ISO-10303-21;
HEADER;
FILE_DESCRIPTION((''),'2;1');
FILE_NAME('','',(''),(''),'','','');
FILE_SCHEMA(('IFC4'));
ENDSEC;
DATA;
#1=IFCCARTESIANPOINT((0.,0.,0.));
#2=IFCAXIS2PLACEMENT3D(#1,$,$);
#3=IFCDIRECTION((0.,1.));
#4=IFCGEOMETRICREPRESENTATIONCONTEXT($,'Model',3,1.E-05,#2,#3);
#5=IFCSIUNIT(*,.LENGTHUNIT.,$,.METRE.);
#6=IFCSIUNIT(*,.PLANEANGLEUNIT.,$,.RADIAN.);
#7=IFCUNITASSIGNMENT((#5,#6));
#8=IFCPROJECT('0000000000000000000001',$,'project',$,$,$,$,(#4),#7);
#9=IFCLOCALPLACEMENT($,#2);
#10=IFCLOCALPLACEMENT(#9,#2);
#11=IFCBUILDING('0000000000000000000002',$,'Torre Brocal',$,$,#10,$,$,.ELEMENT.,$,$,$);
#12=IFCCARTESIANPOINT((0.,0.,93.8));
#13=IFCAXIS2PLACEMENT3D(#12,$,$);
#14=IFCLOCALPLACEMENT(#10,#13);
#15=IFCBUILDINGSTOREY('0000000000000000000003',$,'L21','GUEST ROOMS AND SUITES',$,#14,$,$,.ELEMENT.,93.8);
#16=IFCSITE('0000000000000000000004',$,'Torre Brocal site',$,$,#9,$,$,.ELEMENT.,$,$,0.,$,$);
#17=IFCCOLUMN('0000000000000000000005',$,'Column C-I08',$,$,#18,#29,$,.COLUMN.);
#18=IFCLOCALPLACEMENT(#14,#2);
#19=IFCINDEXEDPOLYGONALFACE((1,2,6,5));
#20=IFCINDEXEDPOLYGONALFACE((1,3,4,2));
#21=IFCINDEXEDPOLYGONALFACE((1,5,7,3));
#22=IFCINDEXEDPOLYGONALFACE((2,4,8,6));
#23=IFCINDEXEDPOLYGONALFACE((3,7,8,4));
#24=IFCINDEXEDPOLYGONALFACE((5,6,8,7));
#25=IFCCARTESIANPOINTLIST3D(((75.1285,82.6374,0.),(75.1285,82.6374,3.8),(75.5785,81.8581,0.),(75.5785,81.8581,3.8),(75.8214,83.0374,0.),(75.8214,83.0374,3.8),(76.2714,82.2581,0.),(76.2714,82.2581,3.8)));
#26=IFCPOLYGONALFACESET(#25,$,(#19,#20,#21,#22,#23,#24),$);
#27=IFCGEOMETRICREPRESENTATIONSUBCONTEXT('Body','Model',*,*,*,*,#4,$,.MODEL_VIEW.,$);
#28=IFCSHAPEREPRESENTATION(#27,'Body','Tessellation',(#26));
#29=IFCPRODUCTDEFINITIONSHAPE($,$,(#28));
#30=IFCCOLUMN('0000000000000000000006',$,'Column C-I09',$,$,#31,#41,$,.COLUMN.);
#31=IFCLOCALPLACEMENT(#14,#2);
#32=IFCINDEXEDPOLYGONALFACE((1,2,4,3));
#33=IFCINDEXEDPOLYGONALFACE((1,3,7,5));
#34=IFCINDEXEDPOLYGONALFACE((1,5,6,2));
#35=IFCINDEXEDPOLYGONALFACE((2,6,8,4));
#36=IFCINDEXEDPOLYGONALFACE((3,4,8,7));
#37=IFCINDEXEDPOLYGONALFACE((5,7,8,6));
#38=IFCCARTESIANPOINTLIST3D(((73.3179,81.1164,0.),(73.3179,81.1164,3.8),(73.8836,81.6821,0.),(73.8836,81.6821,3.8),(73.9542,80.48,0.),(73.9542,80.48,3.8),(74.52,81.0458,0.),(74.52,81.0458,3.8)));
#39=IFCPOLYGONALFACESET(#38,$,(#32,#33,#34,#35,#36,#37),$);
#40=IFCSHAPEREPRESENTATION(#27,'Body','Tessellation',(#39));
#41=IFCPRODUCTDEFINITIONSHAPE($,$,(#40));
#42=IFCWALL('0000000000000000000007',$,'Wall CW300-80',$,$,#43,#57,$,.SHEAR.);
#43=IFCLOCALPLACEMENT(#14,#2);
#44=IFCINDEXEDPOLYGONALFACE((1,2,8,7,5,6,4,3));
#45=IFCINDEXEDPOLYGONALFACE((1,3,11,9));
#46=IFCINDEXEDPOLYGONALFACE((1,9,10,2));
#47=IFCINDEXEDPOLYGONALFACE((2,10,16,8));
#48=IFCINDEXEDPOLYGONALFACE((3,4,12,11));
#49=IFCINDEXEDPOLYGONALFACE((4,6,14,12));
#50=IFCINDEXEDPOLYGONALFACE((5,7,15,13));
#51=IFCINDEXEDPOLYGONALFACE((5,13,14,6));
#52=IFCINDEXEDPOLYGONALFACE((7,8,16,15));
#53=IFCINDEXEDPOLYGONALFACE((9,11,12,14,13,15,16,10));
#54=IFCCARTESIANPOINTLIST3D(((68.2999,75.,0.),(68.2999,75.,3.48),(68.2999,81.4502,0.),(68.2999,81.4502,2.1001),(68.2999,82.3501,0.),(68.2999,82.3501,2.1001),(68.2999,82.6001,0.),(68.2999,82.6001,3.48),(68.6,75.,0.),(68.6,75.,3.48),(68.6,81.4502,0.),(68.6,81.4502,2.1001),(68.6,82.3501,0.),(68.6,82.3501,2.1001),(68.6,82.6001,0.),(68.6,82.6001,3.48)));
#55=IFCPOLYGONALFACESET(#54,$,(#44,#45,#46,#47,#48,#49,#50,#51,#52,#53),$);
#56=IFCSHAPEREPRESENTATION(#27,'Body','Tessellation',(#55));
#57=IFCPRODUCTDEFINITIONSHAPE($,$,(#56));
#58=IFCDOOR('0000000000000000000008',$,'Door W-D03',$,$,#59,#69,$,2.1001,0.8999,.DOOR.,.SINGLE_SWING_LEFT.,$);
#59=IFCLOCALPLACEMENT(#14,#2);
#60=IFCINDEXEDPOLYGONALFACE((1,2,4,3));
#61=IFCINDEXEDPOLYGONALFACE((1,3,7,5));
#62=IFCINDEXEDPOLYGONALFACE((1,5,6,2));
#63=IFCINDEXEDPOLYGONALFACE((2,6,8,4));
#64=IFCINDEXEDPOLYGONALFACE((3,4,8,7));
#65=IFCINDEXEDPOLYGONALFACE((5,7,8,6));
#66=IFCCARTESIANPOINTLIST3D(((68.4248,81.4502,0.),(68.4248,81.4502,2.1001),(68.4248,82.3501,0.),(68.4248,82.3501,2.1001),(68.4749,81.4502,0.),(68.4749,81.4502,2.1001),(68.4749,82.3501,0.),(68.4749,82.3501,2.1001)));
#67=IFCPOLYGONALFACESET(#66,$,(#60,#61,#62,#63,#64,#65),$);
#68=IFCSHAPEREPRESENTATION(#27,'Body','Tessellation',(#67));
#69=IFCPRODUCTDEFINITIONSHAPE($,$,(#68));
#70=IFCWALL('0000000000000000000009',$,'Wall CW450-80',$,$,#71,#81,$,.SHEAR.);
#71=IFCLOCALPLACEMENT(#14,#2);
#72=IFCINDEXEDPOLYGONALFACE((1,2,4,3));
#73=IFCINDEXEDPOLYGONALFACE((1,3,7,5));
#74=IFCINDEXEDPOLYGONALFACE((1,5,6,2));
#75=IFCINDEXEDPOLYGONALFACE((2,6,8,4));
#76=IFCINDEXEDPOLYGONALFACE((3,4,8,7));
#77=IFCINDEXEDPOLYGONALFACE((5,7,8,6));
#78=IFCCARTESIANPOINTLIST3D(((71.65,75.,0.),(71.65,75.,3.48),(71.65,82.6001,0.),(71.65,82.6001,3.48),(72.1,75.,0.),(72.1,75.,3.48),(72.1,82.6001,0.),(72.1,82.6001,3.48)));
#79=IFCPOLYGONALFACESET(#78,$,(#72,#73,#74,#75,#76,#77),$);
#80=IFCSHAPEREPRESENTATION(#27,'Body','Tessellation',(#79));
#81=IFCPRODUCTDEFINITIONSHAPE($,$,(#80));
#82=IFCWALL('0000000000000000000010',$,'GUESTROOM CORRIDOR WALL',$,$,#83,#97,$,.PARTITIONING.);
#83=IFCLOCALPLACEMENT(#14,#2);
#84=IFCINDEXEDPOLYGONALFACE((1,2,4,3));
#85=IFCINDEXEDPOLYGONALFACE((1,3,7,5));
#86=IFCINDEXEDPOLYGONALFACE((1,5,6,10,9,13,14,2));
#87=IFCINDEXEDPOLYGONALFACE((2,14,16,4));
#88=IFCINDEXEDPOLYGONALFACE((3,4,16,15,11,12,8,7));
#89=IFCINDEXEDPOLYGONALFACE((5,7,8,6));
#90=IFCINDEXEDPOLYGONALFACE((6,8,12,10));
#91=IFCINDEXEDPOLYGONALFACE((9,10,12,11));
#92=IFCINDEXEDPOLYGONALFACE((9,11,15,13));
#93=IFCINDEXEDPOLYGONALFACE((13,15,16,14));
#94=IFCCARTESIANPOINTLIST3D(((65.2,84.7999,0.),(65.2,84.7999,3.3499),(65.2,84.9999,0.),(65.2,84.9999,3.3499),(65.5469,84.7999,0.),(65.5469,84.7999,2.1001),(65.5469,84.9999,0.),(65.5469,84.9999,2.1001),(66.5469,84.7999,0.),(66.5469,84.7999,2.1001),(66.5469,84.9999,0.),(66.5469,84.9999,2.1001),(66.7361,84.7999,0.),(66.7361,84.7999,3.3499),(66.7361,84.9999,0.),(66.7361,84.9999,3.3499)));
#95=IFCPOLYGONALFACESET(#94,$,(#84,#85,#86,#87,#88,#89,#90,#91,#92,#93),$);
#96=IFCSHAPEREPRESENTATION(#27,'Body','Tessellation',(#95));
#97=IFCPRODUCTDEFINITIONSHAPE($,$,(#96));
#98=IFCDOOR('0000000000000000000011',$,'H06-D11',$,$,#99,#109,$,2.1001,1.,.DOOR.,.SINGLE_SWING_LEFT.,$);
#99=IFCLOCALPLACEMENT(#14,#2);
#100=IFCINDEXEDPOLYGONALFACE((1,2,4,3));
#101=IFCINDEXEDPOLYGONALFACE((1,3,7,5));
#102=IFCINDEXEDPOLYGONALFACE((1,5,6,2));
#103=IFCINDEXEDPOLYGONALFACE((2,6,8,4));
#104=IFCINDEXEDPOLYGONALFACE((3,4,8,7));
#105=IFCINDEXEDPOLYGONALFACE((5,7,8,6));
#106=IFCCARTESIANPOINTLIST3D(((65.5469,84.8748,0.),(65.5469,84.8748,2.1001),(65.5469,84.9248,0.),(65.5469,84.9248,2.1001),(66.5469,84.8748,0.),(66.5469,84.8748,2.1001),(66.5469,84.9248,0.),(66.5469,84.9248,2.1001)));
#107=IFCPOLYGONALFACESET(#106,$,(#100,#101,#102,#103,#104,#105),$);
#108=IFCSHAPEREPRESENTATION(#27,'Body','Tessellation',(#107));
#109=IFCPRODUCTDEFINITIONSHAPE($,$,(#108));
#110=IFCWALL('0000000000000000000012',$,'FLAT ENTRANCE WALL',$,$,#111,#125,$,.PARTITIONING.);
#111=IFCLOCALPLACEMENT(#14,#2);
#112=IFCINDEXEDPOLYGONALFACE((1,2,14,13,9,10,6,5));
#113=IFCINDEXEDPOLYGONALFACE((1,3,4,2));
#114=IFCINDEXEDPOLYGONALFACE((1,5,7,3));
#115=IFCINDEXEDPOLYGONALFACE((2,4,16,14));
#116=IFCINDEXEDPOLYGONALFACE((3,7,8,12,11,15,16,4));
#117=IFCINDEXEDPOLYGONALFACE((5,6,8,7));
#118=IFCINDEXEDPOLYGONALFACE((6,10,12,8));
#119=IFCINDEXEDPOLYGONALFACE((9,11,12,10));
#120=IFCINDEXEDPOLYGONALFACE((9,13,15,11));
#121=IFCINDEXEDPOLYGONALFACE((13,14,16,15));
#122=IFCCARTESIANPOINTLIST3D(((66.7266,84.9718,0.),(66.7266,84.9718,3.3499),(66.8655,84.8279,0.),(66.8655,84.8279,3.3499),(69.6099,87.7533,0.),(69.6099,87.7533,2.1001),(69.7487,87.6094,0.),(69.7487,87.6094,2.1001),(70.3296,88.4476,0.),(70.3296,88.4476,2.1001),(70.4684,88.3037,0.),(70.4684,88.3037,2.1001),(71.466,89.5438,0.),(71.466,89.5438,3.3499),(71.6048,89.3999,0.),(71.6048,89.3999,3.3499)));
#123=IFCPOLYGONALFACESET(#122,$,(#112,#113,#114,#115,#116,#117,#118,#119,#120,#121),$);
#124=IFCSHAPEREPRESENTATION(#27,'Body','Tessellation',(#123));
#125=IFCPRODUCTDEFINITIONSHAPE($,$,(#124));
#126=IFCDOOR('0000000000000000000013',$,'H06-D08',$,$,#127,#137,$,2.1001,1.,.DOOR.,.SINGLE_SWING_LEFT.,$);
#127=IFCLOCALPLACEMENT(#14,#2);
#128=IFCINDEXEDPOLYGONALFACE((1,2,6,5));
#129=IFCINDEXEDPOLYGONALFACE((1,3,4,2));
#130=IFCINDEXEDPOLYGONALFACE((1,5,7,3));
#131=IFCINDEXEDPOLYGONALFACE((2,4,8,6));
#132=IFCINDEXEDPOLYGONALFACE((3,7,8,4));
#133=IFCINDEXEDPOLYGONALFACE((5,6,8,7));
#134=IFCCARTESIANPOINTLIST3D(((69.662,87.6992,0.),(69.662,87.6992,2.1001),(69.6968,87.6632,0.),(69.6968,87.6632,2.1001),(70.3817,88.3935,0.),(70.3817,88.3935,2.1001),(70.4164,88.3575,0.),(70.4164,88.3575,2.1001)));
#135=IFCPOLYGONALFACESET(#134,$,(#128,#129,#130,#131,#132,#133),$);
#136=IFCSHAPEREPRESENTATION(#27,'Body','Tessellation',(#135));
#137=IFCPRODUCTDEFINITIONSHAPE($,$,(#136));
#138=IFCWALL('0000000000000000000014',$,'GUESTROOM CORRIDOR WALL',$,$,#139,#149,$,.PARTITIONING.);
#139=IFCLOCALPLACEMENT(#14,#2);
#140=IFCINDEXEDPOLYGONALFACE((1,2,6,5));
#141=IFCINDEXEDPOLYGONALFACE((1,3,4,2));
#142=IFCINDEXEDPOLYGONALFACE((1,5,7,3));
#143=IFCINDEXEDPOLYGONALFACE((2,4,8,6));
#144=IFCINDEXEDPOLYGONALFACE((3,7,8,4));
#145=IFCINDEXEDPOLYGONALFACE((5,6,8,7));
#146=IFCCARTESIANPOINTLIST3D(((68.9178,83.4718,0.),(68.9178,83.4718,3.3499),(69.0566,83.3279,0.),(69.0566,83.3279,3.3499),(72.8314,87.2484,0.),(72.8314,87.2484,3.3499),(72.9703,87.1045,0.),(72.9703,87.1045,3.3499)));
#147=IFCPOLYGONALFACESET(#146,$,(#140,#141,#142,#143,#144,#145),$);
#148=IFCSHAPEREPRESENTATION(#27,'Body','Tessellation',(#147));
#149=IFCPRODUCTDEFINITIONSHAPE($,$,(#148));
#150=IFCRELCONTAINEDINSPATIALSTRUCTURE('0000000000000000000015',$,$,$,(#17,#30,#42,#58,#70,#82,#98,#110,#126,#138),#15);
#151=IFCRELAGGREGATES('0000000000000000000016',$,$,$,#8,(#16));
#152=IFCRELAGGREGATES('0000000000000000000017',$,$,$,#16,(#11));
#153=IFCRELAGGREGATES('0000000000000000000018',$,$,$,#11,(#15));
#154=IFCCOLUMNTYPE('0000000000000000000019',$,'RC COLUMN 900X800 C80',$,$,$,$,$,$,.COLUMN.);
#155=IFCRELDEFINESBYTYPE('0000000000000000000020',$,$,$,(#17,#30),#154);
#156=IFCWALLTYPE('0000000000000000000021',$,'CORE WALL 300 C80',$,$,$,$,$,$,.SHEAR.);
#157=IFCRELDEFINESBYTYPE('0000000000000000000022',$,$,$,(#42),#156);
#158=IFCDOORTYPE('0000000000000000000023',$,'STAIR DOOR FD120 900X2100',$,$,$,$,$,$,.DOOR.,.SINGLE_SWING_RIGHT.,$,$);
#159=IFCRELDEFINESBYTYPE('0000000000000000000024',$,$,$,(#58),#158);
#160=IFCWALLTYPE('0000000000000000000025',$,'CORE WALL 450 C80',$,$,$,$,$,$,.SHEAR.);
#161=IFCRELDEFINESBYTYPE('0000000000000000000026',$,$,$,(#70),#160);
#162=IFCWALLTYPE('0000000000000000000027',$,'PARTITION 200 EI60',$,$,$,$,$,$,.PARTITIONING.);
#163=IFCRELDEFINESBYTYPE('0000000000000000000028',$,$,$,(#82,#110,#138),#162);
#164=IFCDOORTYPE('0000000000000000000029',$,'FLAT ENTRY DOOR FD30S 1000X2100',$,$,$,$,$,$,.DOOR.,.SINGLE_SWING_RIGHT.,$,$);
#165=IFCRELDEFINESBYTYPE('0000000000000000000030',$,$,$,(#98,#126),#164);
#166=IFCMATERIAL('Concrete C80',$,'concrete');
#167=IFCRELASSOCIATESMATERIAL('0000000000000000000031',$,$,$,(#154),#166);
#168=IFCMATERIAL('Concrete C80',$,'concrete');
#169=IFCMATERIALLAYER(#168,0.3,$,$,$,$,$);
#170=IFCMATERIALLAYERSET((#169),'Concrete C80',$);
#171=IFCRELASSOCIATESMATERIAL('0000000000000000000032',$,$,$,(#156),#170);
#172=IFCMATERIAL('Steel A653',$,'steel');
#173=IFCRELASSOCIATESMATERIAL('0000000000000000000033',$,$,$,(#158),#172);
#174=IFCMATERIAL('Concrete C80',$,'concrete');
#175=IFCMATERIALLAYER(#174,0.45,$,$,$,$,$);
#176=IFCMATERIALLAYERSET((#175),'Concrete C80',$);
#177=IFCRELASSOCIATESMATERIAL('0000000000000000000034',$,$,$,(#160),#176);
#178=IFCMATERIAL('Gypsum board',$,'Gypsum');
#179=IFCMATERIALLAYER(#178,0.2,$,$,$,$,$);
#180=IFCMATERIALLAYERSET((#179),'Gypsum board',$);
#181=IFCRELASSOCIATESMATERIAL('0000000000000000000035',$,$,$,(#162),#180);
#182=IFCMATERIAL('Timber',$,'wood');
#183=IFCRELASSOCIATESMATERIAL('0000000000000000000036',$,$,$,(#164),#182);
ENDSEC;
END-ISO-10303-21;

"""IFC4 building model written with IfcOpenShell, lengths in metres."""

from ifc_helpers import new_model, si_unit, direction, frame, frame_2d, origin, origin_2d, place, context, subcontext, project, spatial, rectangle, extrude, material, layer, layer_set, material_profile, profile_set, type_object, element, fill, save


model = new_model("IFC4")

# Units and contexts
model_context = context("Model", 3, precision=1e-05, world=origin(), true_north=direction((0.0, 1.0)))
body_context = subcontext(model_context, "Body", "Model", "MODEL_VIEW")
ifc_project = project(units=[si_unit("LENGTHUNIT", "METRE"), si_unit("PLANEANGLEUNIT", "RADIAN")], contexts=[model_context])

# Site, building, storey
site_placement = place(None, origin())
site = spatial("IfcSite", under=ifc_project, at=site_placement, Name="Torre Brocal site", CompositionType="ELEMENT", RefElevation=0.0)
building_placement = place(site_placement, origin())
building = spatial("IfcBuilding", under=site, at=building_placement, Name="Torre Brocal", CompositionType="ELEMENT")
storey_placement = place(building_placement, frame((0.0, 0.0, 93.8)))
storey = spatial("IfcBuildingStorey", under=building, at=storey_placement, Name="L21", Description="GUEST ROOMS AND SUITES", CompositionType="ELEMENT", Elevation=93.8)

# Columns
ifc_material_1 = material(Name="Concrete C80", Category="concrete")
ifc_material_profile = material_profile(ifc_material_1, rectangle(XDim=0.8999, YDim=0.8, at=origin_2d()), Name="RC 900X800")
ifc_profile_set = profile_set([ifc_material_profile], Name="Concrete C80")
column_type = type_object("IfcColumnType", Name="RC COLUMN 900X800 C80", PredefinedType="COLUMN", material=ifc_profile_set)
for number, where, z_axis, x_axis, name in (
    (1, (75.7, 82.4478, 0.0), (0.0, 0.0, 1.0), (-0.5, 0.866025, 0.0), "Column C-I08"),
    (2, (73.9189, 81.0811, 0.0), (0.0, 0.0, 1.0), (-0.707107, 0.707107, 0.0), "Column C-I09"),
):
    element("IfcColumn", number, at=place(storey_placement, frame(where, z_axis=z_axis, x_axis=x_axis)), inside=storey, type_object=column_type, Name=name, PredefinedType="COLUMN", context=body_context, shape_type="SweptSolid", body=[
        extrude(rectangle(XDim=0.8999, YDim=0.8, at=origin_2d()), origin(), (0.0, 0.0, 1.0), 3.8),
    ])

# Wall, opening, door
ifc_material_2 = material(Name="Concrete C80", Category="concrete")
ifc_layer_1 = layer(ifc_material_2, 0.3)
ifc_layer_set_1 = layer_set([ifc_layer_1], Name="Concrete C80")
wall_type_1 = type_object("IfcWallType", Name="CORE WALL 300 C80", PredefinedType="SHEAR", material=ifc_layer_set_1)
wall_1_placement = place(storey_placement, frame((68.45, 82.6001, 0.0), z_axis=(0.0, 0.0, 1.0), x_axis=(0.0, -1.0, 0.0)))
wall_1 = element("IfcWall", 3, at=wall_1_placement, inside=storey, type_object=wall_type_1, Name="Wall CW300-80", PredefinedType="SHEAR", context=body_context, shape_type="SweptSolid", body=[
    extrude(rectangle(XDim=7.6001, YDim=0.3, at=frame_2d((3.8, 0.0))), origin(), (0.0, 0.0, 1.0), 3.48),
])
opening_1_placement = place(wall_1_placement, frame((0.25, 0.0, 0.0)))
opening_1 = element("IfcOpeningElement", 4, at=opening_1_placement, cuts=wall_1, PredefinedType="OPENING", context=body_context, shape_type="SweptSolid", body=[
    extrude(rectangle(XDim=0.8999, YDim=2.1001, at=frame_2d((0.45, 1.05))), frame((0.0, 0.1599, 0.0), z_axis=(0.0, -1.0, 0.0), x_axis=(1.0, 0.0, 0.0)), (0.0, 0.0, 1.0), 0.3201),
])
ifc_material_3 = material(Name="Steel A653", Category="steel")
door_type_1 = type_object("IfcDoorType", Name="STAIR DOOR FD120 900X2100", OperationType="SINGLE_SWING_RIGHT", PredefinedType="DOOR", material=ifc_material_3)
door_1_placement = place(opening_1_placement, origin())
door_1 = element("IfcDoor", 5, at=door_1_placement, inside=storey, type_object=door_type_1, Name="Door W-D03", OperationType="SINGLE_SWING_LEFT", OverallHeight=2.1001, OverallWidth=0.8999, PredefinedType="DOOR", context=body_context, shape_type="SweptSolid", body=[
    extrude(rectangle(XDim=0.8999, YDim=2.1001, at=frame_2d((0.45, 1.05))), frame((0.0, 0.0249, 0.0), z_axis=(0.0, -1.0, 0.0), x_axis=(1.0, 0.0, 0.0)), (0.0, 0.0, 1.0), 0.05),
])
fill(opening_1, door_1)

# Wall
ifc_material_4 = material(Name="Concrete C80", Category="concrete")
ifc_layer_2 = layer(ifc_material_4, 0.45)
ifc_layer_set_2 = layer_set([ifc_layer_2], Name="Concrete C80")
wall_type_2 = type_object("IfcWallType", Name="CORE WALL 450 C80", PredefinedType="SHEAR", material=ifc_layer_set_2)
wall_2_placement = place(storey_placement, frame((71.875, 82.6001, 0.0), z_axis=(0.0, 0.0, 1.0), x_axis=(0.0, -1.0, 0.0)))
element("IfcWall", 6, at=wall_2_placement, inside=storey, type_object=wall_type_2, Name="Wall CW450-80", PredefinedType="SHEAR", context=body_context, shape_type="SweptSolid", body=[
    extrude(rectangle(XDim=7.6001, YDim=0.45, at=frame_2d((3.8, 0.0))), origin(), (0.0, 0.0, 1.0), 3.48),
])

# Walls, openings, doors
ifc_material_5 = material(Name="Gypsum board", Category="Gypsum")
ifc_layer_3 = layer(ifc_material_5, 0.2)
ifc_layer_set_3 = layer_set([ifc_layer_3], Name="Gypsum board")
wall_type_3 = type_object("IfcWallType", Name="PARTITION 200 EI60", PredefinedType="PARTITIONING", material=ifc_layer_set_3)
wall_3_placement = place(storey_placement, frame((65.2, 84.8999, 0.0), z_axis=(0.0, 0.0, 1.0), x_axis=(1.0, 0.0, 0.0)))
wall_3 = element("IfcWall", 7, at=wall_3_placement, inside=storey, type_object=wall_type_3, Name="GUESTROOM CORRIDOR WALL", PredefinedType="PARTITIONING", context=body_context, shape_type="SweptSolid", body=[
    extrude(rectangle(XDim=1.5361, YDim=0.2, at=frame_2d((0.7681, 0.0))), origin(), (0.0, 0.0, 1.0), 3.3499),
])
opening_2_placement = place(wall_3_placement, frame((0.3469, 0.0, 0.0)))
opening_2 = element("IfcOpeningElement", 8, at=opening_2_placement, cuts=wall_3, PredefinedType="OPENING", context=body_context, shape_type="SweptSolid", body=[
    extrude(rectangle(XDim=1.0, YDim=2.1001, at=frame_2d((0.5, 1.05))), frame((0.0, 0.1099, 0.0), z_axis=(0.0, -1.0, 0.0), x_axis=(1.0, 0.0, 0.0)), (0.0, 0.0, 1.0), 0.22),
])
ifc_material_6 = material(Name="Timber", Category="wood")
door_type_2 = type_object("IfcDoorType", Name="FLAT ENTRY DOOR FD30S 1000X2100", OperationType="SINGLE_SWING_RIGHT", PredefinedType="DOOR", material=ifc_material_6)
door_2_placement = place(opening_2_placement, origin())
door_2 = element("IfcDoor", 9, at=door_2_placement, inside=storey, type_object=door_type_2, Name="H06-D11", OperationType="SINGLE_SWING_LEFT", OverallHeight=2.1001, OverallWidth=1.0, PredefinedType="DOOR", context=body_context, shape_type="SweptSolid", body=[
    extrude(rectangle(XDim=1.0, YDim=2.1001, at=frame_2d((0.5, 1.05))), frame((0.0, 0.0249, 0.0), z_axis=(0.0, -1.0, 0.0), x_axis=(1.0, 0.0, 0.0)), (0.0, 0.0, 1.0), 0.05),
])
fill(opening_2, door_2)
wall_4_placement = place(storey_placement, frame((66.7961, 84.8999, 0.0), z_axis=(0.0, 0.0, 1.0), x_axis=(0.719691, 0.694295, 0.0)))
wall_4 = element("IfcWall", 10, at=wall_4_placement, inside=storey, type_object=wall_type_3, Name="FLAT ENTRANCE WALL", PredefinedType="PARTITIONING", context=body_context, shape_type="SweptSolid", body=[
    extrude(rectangle(XDim=6.5852, YDim=0.2, at=frame_2d((3.2925, 0.0))), origin(), (0.0, 0.0, 1.0), 3.3499),
])
opening_3_placement = place(wall_4_placement, frame((4.0061, 0.0, 0.0)))
opening_3 = element("IfcOpeningElement", 11, at=opening_3_placement, cuts=wall_4, PredefinedType="OPENING", context=body_context, shape_type="SweptSolid", body=[
    extrude(rectangle(XDim=1.0, YDim=2.1001, at=frame_2d((0.5, 1.05))), frame((0.0, 0.1099, 0.0), z_axis=(0.0, -1.0, 0.0), x_axis=(1.0, 0.0, 0.0)), (0.0, 0.0, 1.0), 0.22),
])
door_3_placement = place(opening_3_placement, origin())
door_3 = element("IfcDoor", 12, at=door_3_placement, inside=storey, type_object=door_type_2, Name="H06-D08", OperationType="SINGLE_SWING_LEFT", OverallHeight=2.1001, OverallWidth=1.0, PredefinedType="DOOR", context=body_context, shape_type="SweptSolid", body=[
    extrude(rectangle(XDim=1.0, YDim=2.1001, at=frame_2d((0.5, 1.05))), frame((0.0, 0.0249, 0.0), z_axis=(0.0, -1.0, 0.0), x_axis=(1.0, 0.0, 0.0)), (0.0, 0.0, 1.0), 0.05),
])
fill(opening_3, door_3)

# Wall
wall_5_placement = place(storey_placement, frame((68.9873, 83.3999, 0.0), z_axis=(0.0, 0.0, 1.0), x_axis=(0.719586, 0.694403, 0.0)))
element("IfcWall", 13, at=wall_5_placement, inside=storey, type_object=wall_type_3, Name="GUESTROOM CORRIDOR WALL", PredefinedType="PARTITIONING", context=body_context, shape_type="SweptSolid", body=[
    extrude(rectangle(XDim=5.4387, YDim=0.2, at=frame_2d((2.7192, 0.0))), origin(), (0.0, 0.0, 1.0), 3.3499),
])

save(model, "model.ifc")
